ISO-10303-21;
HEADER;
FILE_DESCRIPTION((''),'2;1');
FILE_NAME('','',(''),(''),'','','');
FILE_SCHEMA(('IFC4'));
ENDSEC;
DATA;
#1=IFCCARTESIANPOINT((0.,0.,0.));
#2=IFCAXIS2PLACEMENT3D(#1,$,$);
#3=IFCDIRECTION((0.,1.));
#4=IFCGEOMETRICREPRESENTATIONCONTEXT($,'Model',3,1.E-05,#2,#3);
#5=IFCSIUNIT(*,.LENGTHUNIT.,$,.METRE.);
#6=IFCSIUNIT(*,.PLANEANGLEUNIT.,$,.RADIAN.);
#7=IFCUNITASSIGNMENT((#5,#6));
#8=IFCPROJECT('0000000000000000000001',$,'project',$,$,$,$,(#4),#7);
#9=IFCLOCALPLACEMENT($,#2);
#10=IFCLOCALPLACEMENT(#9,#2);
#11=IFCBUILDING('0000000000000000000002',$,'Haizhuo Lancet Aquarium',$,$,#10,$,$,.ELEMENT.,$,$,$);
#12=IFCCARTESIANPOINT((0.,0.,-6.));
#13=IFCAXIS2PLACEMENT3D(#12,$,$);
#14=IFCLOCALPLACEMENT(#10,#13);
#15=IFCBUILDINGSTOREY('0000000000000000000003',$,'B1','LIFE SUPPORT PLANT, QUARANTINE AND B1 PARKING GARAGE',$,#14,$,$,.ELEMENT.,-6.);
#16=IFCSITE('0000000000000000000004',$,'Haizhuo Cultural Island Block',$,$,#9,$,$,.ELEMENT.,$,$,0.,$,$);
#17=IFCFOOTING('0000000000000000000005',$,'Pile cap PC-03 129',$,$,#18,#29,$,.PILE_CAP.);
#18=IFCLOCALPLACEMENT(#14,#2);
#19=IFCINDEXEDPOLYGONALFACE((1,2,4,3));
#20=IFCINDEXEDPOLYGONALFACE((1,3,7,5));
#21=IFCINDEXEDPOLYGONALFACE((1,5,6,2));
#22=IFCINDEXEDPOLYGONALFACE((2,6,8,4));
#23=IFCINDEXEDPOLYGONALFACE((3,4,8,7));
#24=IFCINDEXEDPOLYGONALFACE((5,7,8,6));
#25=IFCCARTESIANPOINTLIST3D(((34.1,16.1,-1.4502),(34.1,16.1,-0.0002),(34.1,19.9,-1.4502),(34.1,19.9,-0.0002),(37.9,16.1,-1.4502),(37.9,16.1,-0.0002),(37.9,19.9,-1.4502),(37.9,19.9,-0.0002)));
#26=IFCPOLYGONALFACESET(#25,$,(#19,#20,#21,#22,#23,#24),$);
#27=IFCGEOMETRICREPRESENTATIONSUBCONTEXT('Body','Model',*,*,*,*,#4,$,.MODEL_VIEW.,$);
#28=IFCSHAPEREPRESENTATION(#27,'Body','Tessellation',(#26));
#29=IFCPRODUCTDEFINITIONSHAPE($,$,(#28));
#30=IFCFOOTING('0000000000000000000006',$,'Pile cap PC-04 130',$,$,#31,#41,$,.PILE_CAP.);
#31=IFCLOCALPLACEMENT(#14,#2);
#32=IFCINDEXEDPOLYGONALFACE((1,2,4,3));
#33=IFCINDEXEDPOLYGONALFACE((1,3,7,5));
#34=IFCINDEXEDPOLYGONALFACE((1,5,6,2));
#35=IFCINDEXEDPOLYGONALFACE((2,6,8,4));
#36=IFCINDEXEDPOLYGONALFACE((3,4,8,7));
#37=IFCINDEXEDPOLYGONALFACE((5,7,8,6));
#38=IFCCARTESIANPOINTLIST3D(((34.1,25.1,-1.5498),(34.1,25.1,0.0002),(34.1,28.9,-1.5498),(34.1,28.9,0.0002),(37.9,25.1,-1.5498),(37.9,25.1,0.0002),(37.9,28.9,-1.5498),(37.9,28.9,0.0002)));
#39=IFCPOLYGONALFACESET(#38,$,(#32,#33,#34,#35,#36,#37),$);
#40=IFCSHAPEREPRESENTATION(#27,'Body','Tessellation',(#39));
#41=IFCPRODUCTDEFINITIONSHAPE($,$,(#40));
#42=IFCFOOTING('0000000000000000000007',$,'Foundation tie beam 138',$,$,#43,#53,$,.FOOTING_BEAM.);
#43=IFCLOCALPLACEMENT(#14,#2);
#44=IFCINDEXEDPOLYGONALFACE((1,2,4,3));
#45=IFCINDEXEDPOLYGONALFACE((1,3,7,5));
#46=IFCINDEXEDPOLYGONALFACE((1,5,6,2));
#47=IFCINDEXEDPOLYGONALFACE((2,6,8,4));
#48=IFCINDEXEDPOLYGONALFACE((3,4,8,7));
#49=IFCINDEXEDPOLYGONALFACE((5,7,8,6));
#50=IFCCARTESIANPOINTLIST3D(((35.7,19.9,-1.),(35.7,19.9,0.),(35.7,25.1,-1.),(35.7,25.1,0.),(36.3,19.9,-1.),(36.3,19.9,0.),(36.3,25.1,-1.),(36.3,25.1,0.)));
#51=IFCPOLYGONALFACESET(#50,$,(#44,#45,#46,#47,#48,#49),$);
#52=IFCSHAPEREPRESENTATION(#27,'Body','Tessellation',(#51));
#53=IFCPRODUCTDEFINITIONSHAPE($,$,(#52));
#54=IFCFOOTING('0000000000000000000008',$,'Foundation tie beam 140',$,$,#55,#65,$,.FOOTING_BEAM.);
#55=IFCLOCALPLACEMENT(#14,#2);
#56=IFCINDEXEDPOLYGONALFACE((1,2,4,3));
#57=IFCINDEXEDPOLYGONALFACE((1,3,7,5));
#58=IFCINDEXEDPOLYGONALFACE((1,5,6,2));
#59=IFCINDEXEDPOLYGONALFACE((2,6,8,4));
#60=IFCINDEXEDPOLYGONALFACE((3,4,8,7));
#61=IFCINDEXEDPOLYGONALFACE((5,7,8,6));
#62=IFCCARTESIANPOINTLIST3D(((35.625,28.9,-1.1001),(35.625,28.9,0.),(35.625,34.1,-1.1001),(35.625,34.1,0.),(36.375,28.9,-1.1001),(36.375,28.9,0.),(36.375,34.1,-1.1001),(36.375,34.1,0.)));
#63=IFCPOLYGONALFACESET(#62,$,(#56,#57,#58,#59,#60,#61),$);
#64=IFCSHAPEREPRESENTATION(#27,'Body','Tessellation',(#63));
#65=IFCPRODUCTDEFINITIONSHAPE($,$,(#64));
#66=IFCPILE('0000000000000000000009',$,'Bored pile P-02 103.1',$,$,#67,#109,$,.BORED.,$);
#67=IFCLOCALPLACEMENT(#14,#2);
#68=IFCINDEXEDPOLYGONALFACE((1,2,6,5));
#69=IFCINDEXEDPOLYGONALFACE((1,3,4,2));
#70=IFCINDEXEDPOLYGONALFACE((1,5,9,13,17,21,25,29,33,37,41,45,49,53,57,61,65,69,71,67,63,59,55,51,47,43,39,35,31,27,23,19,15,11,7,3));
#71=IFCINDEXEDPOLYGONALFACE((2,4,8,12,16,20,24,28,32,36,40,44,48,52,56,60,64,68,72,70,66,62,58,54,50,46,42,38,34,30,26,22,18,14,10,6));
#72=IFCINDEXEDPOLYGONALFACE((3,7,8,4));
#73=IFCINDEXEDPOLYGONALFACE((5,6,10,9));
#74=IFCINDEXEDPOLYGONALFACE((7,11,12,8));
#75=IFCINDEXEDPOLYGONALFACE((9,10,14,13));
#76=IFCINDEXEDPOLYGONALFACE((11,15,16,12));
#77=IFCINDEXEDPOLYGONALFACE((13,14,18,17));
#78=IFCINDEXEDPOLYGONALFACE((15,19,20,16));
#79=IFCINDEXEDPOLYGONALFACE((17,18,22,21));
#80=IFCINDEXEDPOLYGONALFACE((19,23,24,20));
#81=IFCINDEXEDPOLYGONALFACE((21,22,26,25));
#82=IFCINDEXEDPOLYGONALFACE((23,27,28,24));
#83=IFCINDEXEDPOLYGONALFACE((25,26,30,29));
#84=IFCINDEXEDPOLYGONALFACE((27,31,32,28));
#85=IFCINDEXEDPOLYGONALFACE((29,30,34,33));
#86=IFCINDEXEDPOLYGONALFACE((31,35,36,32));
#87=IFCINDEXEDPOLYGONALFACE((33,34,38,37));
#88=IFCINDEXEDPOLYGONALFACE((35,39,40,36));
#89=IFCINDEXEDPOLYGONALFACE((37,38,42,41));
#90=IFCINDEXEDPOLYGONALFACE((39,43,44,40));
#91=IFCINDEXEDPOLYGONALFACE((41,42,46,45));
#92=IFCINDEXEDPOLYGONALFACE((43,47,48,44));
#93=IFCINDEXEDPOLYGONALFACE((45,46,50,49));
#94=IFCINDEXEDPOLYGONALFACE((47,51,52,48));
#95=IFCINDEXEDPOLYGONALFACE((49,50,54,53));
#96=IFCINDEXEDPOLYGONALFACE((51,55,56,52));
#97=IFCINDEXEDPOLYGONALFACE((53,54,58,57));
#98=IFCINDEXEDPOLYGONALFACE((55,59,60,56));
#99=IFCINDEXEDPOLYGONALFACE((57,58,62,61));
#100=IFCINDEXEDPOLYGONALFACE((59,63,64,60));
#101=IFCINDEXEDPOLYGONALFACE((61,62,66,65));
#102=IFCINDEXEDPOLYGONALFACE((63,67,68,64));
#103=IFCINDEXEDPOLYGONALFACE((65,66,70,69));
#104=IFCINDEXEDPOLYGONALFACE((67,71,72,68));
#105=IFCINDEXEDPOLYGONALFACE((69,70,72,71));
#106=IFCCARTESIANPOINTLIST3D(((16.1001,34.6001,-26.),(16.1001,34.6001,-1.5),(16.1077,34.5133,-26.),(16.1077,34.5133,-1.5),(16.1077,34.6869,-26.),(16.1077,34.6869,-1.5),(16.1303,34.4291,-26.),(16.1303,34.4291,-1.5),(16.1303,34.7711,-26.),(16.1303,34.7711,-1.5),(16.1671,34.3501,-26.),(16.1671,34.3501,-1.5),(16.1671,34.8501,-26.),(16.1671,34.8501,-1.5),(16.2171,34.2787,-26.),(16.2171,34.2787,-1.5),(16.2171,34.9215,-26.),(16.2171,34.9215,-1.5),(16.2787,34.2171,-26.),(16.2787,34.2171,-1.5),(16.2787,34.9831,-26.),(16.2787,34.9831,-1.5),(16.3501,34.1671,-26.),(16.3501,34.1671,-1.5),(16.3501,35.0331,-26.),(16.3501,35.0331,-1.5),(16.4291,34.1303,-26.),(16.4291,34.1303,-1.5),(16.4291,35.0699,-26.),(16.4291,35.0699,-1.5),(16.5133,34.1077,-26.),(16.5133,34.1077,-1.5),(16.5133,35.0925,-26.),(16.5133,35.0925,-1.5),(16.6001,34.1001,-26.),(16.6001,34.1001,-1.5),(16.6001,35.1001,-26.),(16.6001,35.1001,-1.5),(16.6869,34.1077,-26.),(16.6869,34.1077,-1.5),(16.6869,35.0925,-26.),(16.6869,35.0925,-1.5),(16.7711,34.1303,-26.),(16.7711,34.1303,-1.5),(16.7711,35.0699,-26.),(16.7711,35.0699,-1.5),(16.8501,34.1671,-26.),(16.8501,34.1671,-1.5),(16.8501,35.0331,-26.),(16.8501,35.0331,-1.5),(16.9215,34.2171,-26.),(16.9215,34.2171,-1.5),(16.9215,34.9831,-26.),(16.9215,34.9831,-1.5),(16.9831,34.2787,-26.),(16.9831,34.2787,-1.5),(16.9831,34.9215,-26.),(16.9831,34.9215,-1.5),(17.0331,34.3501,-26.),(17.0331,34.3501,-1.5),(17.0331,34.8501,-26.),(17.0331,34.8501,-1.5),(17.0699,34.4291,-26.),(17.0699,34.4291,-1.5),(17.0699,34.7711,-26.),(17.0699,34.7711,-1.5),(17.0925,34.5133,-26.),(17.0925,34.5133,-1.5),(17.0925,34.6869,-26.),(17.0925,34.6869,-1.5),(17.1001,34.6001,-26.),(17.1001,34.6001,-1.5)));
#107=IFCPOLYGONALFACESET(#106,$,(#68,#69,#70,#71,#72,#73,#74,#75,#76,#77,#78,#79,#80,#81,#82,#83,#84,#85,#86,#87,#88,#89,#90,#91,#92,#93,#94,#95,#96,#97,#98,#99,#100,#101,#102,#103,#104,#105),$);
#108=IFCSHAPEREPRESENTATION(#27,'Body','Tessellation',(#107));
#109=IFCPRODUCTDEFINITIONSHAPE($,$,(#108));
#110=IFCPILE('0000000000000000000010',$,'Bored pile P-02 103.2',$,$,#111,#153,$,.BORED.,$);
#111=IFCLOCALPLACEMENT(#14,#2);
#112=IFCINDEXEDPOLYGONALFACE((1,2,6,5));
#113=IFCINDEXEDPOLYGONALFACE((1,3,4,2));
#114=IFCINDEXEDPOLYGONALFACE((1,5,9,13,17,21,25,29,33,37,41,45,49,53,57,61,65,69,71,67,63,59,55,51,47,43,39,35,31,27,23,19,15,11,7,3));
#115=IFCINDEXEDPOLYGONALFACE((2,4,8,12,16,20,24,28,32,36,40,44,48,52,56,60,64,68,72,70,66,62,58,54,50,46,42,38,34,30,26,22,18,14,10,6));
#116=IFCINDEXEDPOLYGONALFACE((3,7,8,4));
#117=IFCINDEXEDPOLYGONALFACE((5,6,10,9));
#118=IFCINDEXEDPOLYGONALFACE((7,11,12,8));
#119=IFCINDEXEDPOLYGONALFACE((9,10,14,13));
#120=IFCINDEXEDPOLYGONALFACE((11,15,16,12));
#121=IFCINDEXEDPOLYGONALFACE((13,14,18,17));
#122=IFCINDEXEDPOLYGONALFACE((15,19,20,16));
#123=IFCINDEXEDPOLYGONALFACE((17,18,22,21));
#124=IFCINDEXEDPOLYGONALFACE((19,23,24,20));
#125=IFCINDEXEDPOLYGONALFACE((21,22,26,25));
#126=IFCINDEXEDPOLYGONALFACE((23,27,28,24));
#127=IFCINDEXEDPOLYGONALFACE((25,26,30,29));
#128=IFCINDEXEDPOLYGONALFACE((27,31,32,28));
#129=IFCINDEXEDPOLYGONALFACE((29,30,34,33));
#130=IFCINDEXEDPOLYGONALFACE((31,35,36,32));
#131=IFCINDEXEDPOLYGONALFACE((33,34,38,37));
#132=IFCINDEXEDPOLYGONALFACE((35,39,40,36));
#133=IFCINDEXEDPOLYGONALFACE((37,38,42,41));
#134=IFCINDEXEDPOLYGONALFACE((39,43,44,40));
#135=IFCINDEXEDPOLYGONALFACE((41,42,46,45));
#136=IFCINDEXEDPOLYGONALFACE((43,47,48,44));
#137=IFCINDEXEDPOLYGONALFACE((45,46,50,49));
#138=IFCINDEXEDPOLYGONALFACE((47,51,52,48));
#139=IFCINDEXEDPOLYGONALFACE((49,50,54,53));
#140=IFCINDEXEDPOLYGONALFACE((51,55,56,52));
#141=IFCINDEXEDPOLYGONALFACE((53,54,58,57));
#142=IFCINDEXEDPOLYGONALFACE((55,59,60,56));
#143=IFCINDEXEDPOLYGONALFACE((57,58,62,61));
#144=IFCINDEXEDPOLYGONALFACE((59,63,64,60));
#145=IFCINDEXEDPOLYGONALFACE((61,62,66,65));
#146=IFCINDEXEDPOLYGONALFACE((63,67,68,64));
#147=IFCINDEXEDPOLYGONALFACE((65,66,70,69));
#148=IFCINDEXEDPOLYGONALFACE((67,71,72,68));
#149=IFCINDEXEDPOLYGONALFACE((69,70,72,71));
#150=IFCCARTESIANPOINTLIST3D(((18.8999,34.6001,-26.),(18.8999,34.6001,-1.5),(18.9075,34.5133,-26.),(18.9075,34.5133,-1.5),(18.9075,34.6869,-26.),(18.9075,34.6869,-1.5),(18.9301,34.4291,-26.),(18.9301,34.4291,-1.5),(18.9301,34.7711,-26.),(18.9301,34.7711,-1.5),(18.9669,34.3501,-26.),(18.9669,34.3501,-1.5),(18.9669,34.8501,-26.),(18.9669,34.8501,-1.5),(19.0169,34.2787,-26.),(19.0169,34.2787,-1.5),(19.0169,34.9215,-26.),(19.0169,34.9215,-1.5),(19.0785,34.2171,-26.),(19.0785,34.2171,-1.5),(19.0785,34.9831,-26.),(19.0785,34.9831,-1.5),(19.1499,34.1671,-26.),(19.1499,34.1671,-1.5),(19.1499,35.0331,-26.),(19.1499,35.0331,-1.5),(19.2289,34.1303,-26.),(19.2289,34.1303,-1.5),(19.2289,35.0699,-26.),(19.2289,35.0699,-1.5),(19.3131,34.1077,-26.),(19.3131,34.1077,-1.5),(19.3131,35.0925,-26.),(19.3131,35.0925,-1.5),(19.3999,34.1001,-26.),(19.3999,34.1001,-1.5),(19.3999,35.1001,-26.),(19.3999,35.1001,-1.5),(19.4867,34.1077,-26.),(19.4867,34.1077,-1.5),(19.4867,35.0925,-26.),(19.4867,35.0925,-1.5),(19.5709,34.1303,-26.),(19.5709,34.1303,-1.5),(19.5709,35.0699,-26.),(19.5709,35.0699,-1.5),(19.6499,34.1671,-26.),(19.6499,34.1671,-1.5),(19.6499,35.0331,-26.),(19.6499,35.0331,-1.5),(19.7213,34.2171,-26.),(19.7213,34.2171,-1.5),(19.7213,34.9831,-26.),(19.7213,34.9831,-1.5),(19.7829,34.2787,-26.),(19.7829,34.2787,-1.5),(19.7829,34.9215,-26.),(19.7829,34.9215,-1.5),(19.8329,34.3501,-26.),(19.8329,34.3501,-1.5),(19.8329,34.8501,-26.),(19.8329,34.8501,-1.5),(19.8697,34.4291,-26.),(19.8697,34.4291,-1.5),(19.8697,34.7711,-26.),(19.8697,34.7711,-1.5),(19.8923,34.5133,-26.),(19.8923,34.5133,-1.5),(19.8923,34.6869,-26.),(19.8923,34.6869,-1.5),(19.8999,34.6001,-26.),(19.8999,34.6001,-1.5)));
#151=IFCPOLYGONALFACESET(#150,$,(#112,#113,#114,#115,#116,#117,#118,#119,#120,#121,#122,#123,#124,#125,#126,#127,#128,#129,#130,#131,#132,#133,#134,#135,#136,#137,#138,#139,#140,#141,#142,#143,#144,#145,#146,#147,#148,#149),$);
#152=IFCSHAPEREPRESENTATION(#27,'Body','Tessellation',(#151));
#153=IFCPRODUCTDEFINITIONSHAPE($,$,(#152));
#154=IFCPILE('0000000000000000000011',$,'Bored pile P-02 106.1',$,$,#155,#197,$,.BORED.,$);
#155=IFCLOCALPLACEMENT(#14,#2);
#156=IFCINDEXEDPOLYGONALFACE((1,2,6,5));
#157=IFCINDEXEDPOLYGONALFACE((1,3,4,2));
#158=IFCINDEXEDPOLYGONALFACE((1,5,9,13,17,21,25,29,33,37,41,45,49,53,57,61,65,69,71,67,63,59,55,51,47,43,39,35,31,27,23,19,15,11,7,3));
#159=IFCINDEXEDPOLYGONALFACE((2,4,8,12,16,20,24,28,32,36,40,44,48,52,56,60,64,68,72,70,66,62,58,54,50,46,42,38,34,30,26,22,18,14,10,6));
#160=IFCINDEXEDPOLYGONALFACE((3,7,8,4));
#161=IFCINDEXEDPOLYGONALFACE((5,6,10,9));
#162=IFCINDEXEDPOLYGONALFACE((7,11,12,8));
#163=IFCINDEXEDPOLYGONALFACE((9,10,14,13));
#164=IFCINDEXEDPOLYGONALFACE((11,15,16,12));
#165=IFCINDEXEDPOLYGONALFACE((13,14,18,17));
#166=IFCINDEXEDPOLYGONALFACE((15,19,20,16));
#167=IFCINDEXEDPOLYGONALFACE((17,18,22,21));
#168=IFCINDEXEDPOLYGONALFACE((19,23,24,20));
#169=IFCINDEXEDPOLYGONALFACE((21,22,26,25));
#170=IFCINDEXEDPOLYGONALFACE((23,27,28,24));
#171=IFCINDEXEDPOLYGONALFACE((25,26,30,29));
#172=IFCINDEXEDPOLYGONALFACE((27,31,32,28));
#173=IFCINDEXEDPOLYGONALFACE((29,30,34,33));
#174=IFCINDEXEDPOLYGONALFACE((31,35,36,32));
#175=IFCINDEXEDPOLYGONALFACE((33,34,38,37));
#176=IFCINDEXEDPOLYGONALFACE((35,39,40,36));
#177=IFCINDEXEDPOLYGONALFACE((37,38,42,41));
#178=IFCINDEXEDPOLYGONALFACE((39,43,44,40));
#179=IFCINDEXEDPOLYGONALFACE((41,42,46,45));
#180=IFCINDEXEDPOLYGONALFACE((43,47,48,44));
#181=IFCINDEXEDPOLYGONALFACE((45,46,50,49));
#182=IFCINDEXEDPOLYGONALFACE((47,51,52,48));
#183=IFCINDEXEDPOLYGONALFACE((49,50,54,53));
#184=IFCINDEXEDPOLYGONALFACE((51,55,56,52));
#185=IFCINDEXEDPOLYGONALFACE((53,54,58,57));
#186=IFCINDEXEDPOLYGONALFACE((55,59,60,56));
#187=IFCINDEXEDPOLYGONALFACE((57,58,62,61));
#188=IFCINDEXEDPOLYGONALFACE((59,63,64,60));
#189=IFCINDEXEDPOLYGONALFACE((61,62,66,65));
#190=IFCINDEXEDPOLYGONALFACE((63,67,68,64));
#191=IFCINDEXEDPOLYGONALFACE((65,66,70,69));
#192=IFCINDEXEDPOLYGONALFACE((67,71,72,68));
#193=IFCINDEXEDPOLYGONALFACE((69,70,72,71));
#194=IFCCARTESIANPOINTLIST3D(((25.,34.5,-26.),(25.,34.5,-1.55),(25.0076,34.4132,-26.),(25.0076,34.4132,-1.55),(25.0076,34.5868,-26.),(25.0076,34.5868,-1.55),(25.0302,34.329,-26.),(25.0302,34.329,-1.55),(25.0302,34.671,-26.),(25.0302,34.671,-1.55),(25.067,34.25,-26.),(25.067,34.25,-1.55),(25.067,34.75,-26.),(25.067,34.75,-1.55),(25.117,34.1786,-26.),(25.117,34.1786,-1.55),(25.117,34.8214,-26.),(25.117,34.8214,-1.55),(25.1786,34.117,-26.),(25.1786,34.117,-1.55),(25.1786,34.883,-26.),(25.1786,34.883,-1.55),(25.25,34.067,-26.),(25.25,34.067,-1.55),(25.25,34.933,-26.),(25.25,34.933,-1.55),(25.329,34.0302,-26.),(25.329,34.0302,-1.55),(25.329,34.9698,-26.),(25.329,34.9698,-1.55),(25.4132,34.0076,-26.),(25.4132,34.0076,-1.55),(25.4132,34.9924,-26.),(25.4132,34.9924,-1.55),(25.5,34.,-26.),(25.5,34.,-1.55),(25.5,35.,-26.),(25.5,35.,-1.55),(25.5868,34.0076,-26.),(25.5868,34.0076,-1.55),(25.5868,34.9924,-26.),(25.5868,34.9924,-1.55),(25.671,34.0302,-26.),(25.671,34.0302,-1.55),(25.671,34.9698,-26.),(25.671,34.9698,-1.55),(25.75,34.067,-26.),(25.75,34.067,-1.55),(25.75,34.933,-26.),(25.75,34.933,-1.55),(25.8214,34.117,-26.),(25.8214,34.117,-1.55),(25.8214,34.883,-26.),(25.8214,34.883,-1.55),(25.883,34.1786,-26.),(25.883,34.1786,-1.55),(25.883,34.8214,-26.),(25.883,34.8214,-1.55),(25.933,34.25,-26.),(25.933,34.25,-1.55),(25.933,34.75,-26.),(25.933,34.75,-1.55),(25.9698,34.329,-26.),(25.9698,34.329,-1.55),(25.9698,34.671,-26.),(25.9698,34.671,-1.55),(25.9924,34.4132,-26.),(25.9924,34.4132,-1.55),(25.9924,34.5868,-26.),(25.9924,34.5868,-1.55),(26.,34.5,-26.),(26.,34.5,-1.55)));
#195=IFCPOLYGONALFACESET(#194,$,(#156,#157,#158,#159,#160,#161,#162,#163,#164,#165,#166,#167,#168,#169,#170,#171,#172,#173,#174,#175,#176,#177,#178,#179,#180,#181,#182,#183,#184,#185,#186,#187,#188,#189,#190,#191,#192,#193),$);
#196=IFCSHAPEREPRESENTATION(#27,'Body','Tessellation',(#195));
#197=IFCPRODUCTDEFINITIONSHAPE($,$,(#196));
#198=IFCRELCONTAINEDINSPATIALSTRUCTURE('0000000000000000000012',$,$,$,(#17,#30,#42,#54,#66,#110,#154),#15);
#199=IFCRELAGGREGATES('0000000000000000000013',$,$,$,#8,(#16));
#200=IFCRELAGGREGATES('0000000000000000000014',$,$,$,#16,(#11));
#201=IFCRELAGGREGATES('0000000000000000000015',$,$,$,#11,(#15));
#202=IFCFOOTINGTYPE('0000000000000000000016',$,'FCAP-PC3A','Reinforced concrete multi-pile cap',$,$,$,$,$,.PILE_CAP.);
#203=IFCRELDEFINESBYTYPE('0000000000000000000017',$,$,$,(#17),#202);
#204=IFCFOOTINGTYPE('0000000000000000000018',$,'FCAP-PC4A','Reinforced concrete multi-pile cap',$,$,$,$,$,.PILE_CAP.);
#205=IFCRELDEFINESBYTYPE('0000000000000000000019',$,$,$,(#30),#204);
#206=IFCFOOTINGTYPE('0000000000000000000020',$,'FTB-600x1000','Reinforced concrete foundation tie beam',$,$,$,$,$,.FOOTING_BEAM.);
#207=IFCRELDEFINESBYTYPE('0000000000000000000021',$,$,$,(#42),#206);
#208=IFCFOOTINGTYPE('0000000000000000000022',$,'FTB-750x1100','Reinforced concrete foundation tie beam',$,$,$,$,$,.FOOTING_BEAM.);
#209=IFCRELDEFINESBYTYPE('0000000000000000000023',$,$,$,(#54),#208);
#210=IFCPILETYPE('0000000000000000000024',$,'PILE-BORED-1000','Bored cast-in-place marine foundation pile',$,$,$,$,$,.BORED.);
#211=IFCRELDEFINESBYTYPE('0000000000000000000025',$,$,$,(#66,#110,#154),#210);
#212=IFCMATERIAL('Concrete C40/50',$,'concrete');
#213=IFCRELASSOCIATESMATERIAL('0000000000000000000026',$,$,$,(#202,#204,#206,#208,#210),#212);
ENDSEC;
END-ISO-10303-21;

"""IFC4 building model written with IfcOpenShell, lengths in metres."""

from ifc_helpers import new_model, si_unit, direction, frame, origin, origin_2d, place, context, subcontext, project, spatial, rectangle, circle, extrude, material, material_profile, profile_set, type_object, element, save


model = new_model("IFC4")

# Units and contexts
model_context = context("Model", 3, precision=1e-05, world=origin(), true_north=direction((0.0, 1.0)))
body_context = subcontext(model_context, "Body", "Model", "MODEL_VIEW")
ifc_project = project(units=[si_unit("LENGTHUNIT", "METRE"), si_unit("PLANEANGLEUNIT", "RADIAN")], contexts=[model_context])

# Site, building, storey
site_placement = place(None, origin())
site = spatial("IfcSite", under=ifc_project, at=site_placement, Name="Haizhuo Cultural Island Block", CompositionType="ELEMENT", RefElevation=0.0)
building_placement = place(site_placement, origin())
building = spatial("IfcBuilding", under=site, at=building_placement, Name="Haizhuo Lancet Aquarium", CompositionType="ELEMENT")
storey_placement = place(building_placement, frame((0.0, 0.0, -6.0)))
storey = spatial("IfcBuildingStorey", under=building, at=storey_placement, Name="B1", Description="LIFE SUPPORT PLANT, QUARANTINE AND B1 PARKING GARAGE", CompositionType="ELEMENT", Elevation=-6.0)

# Footings
ifc_material_1 = material(Name="Concrete C40/50", Category="concrete")
footing_type_1 = type_object("IfcFootingType", Name="FCAP-PC3A", Description="Reinforced concrete multi-pile cap", PredefinedType="PILE_CAP", material=ifc_material_1)
footing_1_placement = place(storey_placement, frame((36.0, 18.0, -1.4502), z_axis=(0.0, 0.0, 1.0), x_axis=(1.0, 0.0, 0.0)))
element("IfcFooting", 1, at=footing_1_placement, inside=storey, type_object=footing_type_1, Name="Pile cap PC-03 129", PredefinedType="PILE_CAP", context=body_context, shape_type="SweptSolid", body=[
    extrude(rectangle(XDim=3.8, YDim=3.8, at=origin_2d()), origin(), (0.0, 0.0, 1.0), 1.45),
])
footing_type_2 = type_object("IfcFootingType", Name="FCAP-PC4A", Description="Reinforced concrete multi-pile cap", PredefinedType="PILE_CAP", material=ifc_material_1)
footing_2_placement = place(storey_placement, frame((36.0, 27.0, -1.5498), z_axis=(0.0, 0.0, 1.0), x_axis=(1.0, 0.0, 0.0)))
element("IfcFooting", 2, at=footing_2_placement, inside=storey, type_object=footing_type_2, Name="Pile cap PC-04 130", PredefinedType="PILE_CAP", context=body_context, shape_type="SweptSolid", body=[
    extrude(rectangle(XDim=3.8, YDim=3.8, at=origin_2d()), origin(), (0.0, 0.0, 1.0), 1.55),
])
footing_type_3 = type_object("IfcFootingType", Name="FTB-600x1000", Description="Reinforced concrete foundation tie beam", PredefinedType="FOOTING_BEAM", material=ifc_material_1)
footing_3_placement = place(storey_placement, frame((36.0, 22.5, -1.0), z_axis=(0.0, 0.0, 1.0), x_axis=(0.0, 1.0, 0.0)))
element("IfcFooting", 3, at=footing_3_placement, inside=storey, type_object=footing_type_3, Name="Foundation tie beam 138", PredefinedType="FOOTING_BEAM", context=body_context, shape_type="SweptSolid", body=[
    extrude(rectangle(XDim=5.2, YDim=0.6001, at=origin_2d()), origin(), (0.0, 0.0, 1.0), 1.0),
])
footing_type_4 = type_object("IfcFootingType", Name="FTB-750x1100", Description="Reinforced concrete foundation tie beam", PredefinedType="FOOTING_BEAM", material=ifc_material_1)
footing_4_placement = place(storey_placement, frame((36.0, 31.5, -1.1001), z_axis=(0.0, 0.0, 1.0), x_axis=(0.0, 1.0, 0.0)))
element("IfcFooting", 4, at=footing_4_placement, inside=storey, type_object=footing_type_4, Name="Foundation tie beam 140", PredefinedType="FOOTING_BEAM", context=body_context, shape_type="SweptSolid", body=[
    extrude(rectangle(XDim=5.2, YDim=0.75, at=origin_2d()), origin(), (0.0, 0.0, 1.0), 1.1001),
])

# Piles
ifc_material_profile_1 = material_profile(ifc_material_1, circle(Radius=0.5, at=origin_2d()), Name="PILE-1000")
ifc_profile_set_1 = profile_set([ifc_material_profile_1], Name="Concrete C40/50")
pile_type_1 = type_object("IfcPileType", Name="PILE-BORED-1000", Description="Bored cast-in-place marine foundation pile", PredefinedType="BORED", material=ifc_profile_set_1)
for number, where, z_axis, x_axis, name in (
    (5, (16.6001, 34.6001, -1.5), (0.0, 0.0, -1.0), (1.0, 0.0, 0.0), "Bored pile P-02 103.1"),
    (6, (19.3999, 34.6001, -1.5), (0.0, 0.0, -1.0), (1.0, 0.0, 0.0), "Bored pile P-02 103.2"),
):
    element("IfcPile", number, at=place(storey_placement, frame(where, z_axis=z_axis, x_axis=x_axis)), inside=storey, type_object=pile_type_1, Name=name, PredefinedType="BORED", context=body_context, shape_type="SweptSolid", body=[
        extrude(circle(Radius=0.5, at=origin_2d()), origin(), (0.0, 0.0, 1.0), 24.5),
    ])
for number, where, z_axis, x_axis, name in (
    (7, (25.5, 34.5, -1.55), (0.0, 0.0, -1.0), (1.0, 0.0, 0.0), "Bored pile P-02 106.1"),
):
    element("IfcPile", number, at=place(storey_placement, frame(where, z_axis=z_axis, x_axis=x_axis)), inside=storey, type_object=pile_type_1, Name=name, PredefinedType="BORED", context=body_context, shape_type="SweptSolid", body=[
        extrude(circle(Radius=0.5, at=origin_2d()), origin(), (0.0, 0.0, 1.0), 24.45),
    ])

save(model, "model.ifc")
